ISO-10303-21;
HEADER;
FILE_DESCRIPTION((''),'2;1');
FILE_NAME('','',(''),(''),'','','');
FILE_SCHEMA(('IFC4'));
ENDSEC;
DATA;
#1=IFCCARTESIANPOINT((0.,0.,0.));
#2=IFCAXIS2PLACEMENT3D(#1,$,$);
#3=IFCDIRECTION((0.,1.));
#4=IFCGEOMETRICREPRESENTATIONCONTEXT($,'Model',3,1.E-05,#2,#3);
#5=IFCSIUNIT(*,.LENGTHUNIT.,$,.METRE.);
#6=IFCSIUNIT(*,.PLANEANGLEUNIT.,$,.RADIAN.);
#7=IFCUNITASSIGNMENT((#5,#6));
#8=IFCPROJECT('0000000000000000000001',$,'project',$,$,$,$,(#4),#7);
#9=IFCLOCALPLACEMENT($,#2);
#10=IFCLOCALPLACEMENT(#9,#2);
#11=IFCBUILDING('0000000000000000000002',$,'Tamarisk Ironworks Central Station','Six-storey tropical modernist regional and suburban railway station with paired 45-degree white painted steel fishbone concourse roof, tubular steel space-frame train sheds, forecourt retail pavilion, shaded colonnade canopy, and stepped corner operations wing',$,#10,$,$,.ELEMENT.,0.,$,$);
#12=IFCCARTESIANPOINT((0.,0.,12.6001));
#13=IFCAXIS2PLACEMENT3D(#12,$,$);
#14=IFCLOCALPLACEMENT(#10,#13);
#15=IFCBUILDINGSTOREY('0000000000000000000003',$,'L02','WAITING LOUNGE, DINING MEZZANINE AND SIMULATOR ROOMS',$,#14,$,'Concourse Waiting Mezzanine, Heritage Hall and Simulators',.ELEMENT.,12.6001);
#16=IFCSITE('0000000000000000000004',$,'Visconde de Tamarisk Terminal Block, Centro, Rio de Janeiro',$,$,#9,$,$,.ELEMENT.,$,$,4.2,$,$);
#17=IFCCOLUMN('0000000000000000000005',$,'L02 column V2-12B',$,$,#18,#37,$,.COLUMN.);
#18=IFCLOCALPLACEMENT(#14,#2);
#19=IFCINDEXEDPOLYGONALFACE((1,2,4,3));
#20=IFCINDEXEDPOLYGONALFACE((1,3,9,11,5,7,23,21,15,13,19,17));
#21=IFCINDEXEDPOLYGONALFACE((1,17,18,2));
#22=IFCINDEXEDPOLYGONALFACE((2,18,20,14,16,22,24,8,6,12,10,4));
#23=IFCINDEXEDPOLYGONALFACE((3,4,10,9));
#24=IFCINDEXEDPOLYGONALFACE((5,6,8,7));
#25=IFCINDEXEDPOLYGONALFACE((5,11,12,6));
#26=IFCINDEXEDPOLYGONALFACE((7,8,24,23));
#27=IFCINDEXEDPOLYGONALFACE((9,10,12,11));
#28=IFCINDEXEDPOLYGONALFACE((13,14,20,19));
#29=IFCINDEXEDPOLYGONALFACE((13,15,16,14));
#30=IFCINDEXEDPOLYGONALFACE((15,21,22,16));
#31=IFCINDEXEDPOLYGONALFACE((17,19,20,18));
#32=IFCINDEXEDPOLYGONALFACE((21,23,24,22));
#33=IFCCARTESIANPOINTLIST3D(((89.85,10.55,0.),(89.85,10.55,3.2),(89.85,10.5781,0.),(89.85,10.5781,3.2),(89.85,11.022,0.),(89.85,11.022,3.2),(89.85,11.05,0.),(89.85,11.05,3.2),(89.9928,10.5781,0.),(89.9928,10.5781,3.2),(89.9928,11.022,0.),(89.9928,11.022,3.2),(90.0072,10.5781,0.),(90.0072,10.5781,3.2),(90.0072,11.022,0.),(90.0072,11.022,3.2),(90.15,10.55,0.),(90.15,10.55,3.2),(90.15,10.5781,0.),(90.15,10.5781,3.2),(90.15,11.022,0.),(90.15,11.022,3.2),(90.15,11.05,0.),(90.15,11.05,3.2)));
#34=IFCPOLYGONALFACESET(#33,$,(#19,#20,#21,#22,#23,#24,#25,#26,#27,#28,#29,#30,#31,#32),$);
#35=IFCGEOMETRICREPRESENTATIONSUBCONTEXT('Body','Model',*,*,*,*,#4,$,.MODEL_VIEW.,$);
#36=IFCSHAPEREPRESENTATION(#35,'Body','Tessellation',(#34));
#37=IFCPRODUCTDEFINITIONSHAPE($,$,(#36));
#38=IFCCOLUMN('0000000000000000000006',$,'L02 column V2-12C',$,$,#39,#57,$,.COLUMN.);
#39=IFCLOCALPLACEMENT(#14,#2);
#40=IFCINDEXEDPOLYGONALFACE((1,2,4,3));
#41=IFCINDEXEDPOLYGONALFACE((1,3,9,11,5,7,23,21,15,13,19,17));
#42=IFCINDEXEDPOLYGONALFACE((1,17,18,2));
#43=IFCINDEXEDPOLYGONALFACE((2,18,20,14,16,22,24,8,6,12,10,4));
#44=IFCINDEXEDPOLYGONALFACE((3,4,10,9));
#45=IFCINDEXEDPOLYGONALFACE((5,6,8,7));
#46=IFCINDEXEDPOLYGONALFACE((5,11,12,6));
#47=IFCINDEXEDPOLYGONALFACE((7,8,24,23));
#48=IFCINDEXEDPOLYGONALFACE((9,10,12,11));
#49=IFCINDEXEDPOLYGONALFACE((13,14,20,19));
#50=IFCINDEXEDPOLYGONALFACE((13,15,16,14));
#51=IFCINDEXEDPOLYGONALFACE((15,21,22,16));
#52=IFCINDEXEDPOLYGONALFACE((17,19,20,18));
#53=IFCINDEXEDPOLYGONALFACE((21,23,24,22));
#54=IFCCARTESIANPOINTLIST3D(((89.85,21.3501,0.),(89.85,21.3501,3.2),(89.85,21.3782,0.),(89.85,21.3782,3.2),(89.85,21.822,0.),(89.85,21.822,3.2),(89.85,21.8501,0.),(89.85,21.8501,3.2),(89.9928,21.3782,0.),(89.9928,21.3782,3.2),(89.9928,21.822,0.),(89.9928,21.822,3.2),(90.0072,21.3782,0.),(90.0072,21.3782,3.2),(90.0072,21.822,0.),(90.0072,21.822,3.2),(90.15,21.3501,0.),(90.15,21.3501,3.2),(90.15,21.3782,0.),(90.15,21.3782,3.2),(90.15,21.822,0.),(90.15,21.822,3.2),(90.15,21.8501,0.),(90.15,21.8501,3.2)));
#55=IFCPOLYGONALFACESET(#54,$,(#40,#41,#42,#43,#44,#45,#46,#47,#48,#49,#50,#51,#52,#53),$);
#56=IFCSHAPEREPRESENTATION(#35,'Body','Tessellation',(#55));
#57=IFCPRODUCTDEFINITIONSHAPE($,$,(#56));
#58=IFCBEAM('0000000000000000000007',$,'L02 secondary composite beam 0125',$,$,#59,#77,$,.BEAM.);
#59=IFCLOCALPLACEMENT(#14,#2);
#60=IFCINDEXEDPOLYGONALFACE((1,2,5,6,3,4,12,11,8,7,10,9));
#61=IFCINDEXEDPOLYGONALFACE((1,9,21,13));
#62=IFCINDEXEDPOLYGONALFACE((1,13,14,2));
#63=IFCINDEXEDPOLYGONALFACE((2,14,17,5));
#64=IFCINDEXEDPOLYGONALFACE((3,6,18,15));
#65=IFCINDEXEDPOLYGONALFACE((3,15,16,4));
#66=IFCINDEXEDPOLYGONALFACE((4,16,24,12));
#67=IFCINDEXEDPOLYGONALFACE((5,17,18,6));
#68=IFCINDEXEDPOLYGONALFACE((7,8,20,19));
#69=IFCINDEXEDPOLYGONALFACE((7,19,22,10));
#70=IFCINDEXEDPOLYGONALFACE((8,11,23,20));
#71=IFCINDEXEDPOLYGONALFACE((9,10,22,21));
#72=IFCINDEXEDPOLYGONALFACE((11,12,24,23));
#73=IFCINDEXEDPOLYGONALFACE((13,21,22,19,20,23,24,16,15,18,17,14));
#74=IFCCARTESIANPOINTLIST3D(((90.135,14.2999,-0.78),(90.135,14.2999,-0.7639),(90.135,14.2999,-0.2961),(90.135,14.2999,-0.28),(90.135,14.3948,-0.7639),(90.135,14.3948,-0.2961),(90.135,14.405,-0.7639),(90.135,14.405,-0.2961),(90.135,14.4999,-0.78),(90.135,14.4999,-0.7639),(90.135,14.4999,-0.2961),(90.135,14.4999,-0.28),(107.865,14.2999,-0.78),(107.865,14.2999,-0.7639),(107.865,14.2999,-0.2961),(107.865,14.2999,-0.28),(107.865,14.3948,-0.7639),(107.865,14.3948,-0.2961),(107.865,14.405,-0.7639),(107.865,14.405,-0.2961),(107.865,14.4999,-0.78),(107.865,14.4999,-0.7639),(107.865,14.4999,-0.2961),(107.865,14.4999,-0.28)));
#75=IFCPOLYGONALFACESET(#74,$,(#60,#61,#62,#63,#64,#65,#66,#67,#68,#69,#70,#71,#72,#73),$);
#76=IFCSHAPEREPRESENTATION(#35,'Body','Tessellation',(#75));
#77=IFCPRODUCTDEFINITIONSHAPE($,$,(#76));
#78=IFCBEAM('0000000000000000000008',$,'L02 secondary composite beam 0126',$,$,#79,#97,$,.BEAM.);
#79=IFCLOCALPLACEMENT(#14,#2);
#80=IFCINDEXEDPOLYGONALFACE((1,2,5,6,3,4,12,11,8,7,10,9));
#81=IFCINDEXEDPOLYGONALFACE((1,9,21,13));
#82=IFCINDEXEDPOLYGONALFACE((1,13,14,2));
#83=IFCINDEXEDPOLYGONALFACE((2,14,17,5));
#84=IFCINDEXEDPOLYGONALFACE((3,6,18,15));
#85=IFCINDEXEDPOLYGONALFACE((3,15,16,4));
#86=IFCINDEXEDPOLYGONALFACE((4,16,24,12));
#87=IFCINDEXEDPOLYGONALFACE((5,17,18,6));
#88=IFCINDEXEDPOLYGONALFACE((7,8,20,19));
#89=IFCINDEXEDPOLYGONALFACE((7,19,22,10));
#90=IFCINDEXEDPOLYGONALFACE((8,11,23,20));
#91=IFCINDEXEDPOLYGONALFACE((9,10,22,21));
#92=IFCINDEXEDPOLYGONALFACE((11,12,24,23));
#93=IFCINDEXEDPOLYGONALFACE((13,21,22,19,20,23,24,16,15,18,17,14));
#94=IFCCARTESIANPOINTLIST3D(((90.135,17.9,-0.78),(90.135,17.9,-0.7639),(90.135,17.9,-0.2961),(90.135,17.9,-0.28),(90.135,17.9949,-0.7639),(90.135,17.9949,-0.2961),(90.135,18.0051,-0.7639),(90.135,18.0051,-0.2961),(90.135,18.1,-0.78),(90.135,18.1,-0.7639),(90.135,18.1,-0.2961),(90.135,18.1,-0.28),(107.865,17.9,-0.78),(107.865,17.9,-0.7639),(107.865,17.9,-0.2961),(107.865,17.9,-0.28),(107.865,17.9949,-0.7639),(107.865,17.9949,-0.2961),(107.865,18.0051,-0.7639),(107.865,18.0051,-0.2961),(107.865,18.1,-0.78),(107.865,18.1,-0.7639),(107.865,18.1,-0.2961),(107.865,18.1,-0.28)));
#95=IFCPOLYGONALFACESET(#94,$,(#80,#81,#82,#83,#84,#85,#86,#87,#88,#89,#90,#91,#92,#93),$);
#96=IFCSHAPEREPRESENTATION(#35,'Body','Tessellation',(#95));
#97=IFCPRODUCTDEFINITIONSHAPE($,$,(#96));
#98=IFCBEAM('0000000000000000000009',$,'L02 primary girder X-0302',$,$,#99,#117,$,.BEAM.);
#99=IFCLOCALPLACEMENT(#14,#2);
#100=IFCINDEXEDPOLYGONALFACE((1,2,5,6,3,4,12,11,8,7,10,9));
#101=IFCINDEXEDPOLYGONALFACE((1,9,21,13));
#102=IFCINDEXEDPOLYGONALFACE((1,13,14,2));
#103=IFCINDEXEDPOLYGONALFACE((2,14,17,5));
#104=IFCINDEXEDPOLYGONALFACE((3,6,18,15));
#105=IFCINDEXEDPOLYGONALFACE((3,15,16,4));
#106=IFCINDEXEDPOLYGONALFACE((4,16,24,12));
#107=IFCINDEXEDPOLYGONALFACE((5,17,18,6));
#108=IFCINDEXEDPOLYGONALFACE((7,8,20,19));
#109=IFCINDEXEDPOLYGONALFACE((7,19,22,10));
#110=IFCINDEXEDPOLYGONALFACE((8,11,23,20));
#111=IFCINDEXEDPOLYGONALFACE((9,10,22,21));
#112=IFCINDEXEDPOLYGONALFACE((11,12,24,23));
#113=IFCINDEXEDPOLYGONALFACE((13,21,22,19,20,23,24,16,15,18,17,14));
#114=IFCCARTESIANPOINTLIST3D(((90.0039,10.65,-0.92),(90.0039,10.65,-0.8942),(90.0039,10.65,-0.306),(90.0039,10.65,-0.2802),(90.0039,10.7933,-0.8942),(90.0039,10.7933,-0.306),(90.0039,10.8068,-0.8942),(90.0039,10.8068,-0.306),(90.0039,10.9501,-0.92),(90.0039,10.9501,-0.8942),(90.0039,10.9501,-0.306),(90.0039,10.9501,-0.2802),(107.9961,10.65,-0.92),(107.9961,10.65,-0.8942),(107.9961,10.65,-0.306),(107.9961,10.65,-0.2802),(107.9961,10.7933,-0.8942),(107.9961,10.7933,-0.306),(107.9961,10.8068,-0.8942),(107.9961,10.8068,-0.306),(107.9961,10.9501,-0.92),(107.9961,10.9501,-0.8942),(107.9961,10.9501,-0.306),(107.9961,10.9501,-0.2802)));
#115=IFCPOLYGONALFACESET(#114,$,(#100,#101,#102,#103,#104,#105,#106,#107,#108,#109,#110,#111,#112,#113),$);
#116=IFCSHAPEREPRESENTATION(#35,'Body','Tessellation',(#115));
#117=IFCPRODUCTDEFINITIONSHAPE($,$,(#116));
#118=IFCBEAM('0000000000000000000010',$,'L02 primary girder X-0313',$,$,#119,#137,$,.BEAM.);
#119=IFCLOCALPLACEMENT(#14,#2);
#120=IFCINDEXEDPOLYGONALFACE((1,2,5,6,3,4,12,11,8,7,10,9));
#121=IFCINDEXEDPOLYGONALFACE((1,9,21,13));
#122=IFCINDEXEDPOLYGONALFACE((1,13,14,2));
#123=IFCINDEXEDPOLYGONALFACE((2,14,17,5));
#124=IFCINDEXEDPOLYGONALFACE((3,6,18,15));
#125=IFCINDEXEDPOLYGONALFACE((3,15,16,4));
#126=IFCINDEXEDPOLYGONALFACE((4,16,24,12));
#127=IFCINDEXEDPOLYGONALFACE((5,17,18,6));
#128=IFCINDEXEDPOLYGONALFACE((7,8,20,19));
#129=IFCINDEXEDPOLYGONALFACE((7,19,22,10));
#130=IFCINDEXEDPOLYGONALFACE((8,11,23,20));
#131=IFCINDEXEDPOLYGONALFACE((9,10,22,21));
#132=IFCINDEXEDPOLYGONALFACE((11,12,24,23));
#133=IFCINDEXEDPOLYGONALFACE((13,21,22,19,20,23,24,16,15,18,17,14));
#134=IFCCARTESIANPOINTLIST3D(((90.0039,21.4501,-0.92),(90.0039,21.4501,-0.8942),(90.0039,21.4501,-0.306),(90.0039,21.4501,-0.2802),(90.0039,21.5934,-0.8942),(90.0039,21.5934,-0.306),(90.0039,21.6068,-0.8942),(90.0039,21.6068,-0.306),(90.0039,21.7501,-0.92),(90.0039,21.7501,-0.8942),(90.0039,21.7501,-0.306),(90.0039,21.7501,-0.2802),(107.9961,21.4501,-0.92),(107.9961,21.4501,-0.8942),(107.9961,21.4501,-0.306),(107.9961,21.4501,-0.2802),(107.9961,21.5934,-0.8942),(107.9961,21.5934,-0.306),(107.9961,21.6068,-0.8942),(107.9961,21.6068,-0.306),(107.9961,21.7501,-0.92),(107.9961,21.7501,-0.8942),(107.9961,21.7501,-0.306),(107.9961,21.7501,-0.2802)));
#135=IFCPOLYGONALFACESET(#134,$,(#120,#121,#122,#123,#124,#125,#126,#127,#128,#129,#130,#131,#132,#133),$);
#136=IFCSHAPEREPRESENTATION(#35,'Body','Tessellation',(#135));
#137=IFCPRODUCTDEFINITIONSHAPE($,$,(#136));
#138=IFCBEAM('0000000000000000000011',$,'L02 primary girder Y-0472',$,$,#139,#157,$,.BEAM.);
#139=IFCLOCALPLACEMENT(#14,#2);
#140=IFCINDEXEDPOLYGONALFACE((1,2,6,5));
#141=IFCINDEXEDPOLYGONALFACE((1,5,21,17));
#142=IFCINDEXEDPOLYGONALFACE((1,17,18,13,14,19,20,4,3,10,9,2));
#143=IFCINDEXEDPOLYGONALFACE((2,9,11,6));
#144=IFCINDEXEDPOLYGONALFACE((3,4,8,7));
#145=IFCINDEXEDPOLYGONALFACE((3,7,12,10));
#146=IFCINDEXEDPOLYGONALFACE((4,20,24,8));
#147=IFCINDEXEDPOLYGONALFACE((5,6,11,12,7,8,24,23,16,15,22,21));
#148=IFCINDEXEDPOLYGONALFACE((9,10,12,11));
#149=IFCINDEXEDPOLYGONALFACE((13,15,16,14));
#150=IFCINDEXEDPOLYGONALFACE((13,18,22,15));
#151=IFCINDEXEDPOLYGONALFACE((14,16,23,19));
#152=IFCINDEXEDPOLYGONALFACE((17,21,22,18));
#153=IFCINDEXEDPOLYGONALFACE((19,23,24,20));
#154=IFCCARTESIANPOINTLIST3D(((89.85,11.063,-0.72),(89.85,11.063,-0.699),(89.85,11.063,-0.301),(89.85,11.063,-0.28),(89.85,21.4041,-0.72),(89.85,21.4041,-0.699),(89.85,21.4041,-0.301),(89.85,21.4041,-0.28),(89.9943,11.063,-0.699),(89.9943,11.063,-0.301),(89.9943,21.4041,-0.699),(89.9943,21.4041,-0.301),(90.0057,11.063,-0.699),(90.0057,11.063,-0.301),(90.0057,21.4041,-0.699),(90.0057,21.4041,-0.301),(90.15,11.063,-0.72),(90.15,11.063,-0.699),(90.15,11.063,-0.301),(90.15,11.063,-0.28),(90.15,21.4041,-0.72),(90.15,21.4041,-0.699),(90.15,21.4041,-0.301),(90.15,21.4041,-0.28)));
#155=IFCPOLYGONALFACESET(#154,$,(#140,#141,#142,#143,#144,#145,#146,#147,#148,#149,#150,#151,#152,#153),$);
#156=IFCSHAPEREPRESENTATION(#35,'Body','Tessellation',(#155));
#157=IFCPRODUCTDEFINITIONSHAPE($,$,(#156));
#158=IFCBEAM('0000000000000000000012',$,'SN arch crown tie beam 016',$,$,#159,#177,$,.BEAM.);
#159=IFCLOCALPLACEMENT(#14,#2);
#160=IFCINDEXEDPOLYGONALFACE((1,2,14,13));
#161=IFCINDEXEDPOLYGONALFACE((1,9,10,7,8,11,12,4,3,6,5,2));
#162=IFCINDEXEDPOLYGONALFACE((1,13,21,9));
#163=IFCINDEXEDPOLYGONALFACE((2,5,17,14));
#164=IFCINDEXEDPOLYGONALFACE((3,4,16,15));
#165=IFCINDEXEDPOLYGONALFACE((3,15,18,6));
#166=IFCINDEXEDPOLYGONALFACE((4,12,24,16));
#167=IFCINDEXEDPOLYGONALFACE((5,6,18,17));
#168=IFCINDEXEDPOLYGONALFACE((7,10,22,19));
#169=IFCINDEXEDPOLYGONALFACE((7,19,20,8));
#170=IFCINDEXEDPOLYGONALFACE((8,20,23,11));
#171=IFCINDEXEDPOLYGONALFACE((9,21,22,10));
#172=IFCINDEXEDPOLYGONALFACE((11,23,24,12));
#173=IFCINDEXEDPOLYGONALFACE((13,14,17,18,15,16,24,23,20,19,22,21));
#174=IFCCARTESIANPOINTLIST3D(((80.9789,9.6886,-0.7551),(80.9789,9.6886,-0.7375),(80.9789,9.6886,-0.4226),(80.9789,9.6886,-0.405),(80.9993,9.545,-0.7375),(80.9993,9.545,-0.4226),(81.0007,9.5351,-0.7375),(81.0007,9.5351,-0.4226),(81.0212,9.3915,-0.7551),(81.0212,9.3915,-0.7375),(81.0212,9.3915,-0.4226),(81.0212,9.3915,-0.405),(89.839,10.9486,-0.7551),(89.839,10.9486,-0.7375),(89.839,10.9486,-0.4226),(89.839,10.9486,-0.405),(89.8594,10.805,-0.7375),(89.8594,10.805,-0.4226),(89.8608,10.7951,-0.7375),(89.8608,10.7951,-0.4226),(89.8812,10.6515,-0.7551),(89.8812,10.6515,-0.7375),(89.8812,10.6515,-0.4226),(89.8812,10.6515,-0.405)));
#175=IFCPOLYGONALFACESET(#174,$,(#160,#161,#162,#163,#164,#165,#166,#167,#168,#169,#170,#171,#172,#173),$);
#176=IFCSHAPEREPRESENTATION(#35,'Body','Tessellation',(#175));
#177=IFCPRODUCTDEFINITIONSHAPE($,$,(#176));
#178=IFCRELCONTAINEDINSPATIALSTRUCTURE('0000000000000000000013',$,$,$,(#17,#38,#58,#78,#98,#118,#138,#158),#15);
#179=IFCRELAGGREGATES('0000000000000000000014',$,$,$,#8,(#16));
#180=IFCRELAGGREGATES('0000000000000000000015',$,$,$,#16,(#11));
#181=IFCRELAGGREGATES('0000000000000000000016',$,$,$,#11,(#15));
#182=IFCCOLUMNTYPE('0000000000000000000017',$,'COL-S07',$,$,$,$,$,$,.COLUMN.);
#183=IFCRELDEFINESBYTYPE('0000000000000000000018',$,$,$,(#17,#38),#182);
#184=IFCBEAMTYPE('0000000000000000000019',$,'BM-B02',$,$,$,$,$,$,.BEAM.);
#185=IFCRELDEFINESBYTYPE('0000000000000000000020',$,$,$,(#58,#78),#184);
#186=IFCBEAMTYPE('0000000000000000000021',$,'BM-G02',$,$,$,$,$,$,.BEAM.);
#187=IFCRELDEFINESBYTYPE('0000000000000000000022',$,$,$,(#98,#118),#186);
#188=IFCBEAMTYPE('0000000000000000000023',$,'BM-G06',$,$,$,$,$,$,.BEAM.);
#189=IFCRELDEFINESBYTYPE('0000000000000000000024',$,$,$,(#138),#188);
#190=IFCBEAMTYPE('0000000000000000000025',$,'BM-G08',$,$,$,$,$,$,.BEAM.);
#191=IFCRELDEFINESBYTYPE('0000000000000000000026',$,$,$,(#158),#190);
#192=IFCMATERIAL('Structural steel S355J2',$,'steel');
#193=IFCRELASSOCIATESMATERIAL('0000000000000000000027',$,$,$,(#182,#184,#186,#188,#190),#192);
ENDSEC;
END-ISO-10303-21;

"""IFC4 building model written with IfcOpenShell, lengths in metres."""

from ifc_helpers import new_model, si_unit, direction, frame, origin, origin_2d, place, context, subcontext, project, spatial, i_section, extrude, material, material_profile, profile_set, type_object, element, save


model = new_model("IFC4")

# Units and contexts
model_context = context("Model", 3, precision=1e-05, world=origin(), true_north=direction((0.0, 1.0)))
body_context = subcontext(model_context, "Body", "Model", "MODEL_VIEW")
ifc_project = project(units=[si_unit("LENGTHUNIT", "METRE"), si_unit("PLANEANGLEUNIT", "RADIAN")], contexts=[model_context])

# Site, building, storey
site_placement = place(None, origin())
site = spatial("IfcSite", under=ifc_project, at=site_placement, Name="Visconde de Tamarisk Terminal Block, Centro, Rio de Janeiro", CompositionType="ELEMENT", RefElevation=4.2)
building_placement = place(site_placement, origin())
building = spatial("IfcBuilding", under=site, at=building_placement, Name="Tamarisk Ironworks Central Station", Description="Six-storey tropical modernist regional and suburban railway station with paired 45-degree white painted steel fishbone concourse roof, tubular steel space-frame train sheds, forecourt retail pavilion, shaded colonnade canopy, and stepped corner operations wing", CompositionType="ELEMENT", ElevationOfRefHeight=0.0)
storey_placement = place(building_placement, frame((0.0, 0.0, 12.6001)))
storey = spatial("IfcBuildingStorey", under=building, at=storey_placement, Name="L02", Description="WAITING LOUNGE, DINING MEZZANINE AND SIMULATOR ROOMS", LongName="Concourse Waiting Mezzanine, Heritage Hall and Simulators", CompositionType="ELEMENT", Elevation=12.6001)

# Columns
ifc_material_1 = material(Name="Structural steel S355J2", Category="steel")
ifc_material_profile_1 = material_profile(ifc_material_1, i_section(OverallWidth=0.3, OverallDepth=0.5, WebThickness=0.0144, FlangeThickness=0.0281, at=origin_2d()), Name="HEB 500")
ifc_profile_set_1 = profile_set([ifc_material_profile_1], Name="Structural steel S355J2")
column_type = type_object("IfcColumnType", Name="COL-S07", PredefinedType="COLUMN", material=ifc_profile_set_1)
for number, where, z_axis, x_axis, name in (
    (1, (90.0, 10.8, 0.0), (0.0, 0.0, 1.0), (1.0, 0.0, 0.0), "L02 column V2-12B"),
    (2, (90.0, 21.6001, 0.0), (0.0, 0.0, 1.0), (1.0, 0.0, 0.0), "L02 column V2-12C"),
):
    element("IfcColumn", number, at=place(storey_placement, frame(where, z_axis=z_axis, x_axis=x_axis)), inside=storey, type_object=column_type, Name=name, PredefinedType="COLUMN", context=body_context, shape_type="SweptSolid", body=[
        extrude(i_section(OverallWidth=0.3, OverallDepth=0.5, WebThickness=0.0144, FlangeThickness=0.0281, at=origin_2d()), origin(), (0.0, 0.0, 1.0), 3.2),
    ])

# Beams
ifc_material_profile_2 = material_profile(ifc_material_1, i_section(OverallWidth=0.2, OverallDepth=0.5, WebThickness=0.0103, FlangeThickness=0.0161, at=origin_2d()), Name="IPE 500")
ifc_profile_set_2 = profile_set([ifc_material_profile_2], Name="Structural steel S355J2")
beam_type_1 = type_object("IfcBeamType", Name="BM-B02", PredefinedType="BEAM", material=ifc_profile_set_2)
for number, where, z_axis, x_axis, name in (
    (3, (90.135, 14.3999, -0.53), (1.0, 0.0, 0.0), (0.0, 1.0, 0.0), "L02 secondary composite beam 0125"),
    (4, (90.135, 18.0, -0.53), (1.0, 0.0, 0.0), (0.0, 1.0, 0.0), "L02 secondary composite beam 0126"),
):
    element("IfcBeam", number, at=place(storey_placement, frame(where, z_axis=z_axis, x_axis=x_axis)), inside=storey, type_object=beam_type_1, Name=name, PredefinedType="BEAM", context=body_context, shape_type="SweptSolid", body=[
        extrude(i_section(OverallWidth=0.2, OverallDepth=0.5, WebThickness=0.0103, FlangeThickness=0.0161, at=origin_2d()), origin(), (0.0, 0.0, 1.0), 17.73),
    ])
ifc_material_profile_3 = material_profile(ifc_material_1, i_section(OverallWidth=0.3, OverallDepth=0.6399, WebThickness=0.0134, FlangeThickness=0.0259, at=origin_2d()), Name="HEA 650")
ifc_profile_set_3 = profile_set([ifc_material_profile_3], Name="Structural steel S355J2")
beam_type_2 = type_object("IfcBeamType", Name="BM-G02", PredefinedType="BEAM", material=ifc_profile_set_3)
for number, where, z_axis, x_axis, name in (
    (5, (90.0039, 10.8, -0.6001), (1.0, 0.0, 0.0), (0.0, 1.0, 0.0), "L02 primary girder X-0302"),
    (6, (90.0039, 21.6001, -0.6001), (1.0, 0.0, 0.0), (0.0, 1.0, 0.0), "L02 primary girder X-0313"),
):
    element("IfcBeam", number, at=place(storey_placement, frame(where, z_axis=z_axis, x_axis=x_axis)), inside=storey, type_object=beam_type_2, Name=name, PredefinedType="BEAM", context=body_context, shape_type="SweptSolid", body=[
        extrude(i_section(OverallWidth=0.3, OverallDepth=0.6399, WebThickness=0.0134, FlangeThickness=0.0259, at=origin_2d()), origin(), (0.0, 0.0, 1.0), 17.9922),
    ])
ifc_material_profile_4 = material_profile(ifc_material_1, i_section(OverallWidth=0.3, OverallDepth=0.4399, WebThickness=0.0115, FlangeThickness=0.021, at=origin_2d()), Name="HEA 450")
ifc_profile_set_4 = profile_set([ifc_material_profile_4], Name="Structural steel S355J2")
beam_type_3 = type_object("IfcBeamType", Name="BM-G06", PredefinedType="BEAM", material=ifc_profile_set_4)
beam_1_placement = place(storey_placement, frame((90.0, 11.063, -0.5), z_axis=(0.0, 1.0, 0.0), x_axis=(-1.0, 0.0, 0.0)))
element("IfcBeam", 7, at=beam_1_placement, inside=storey, type_object=beam_type_3, Name="L02 primary girder Y-0472", PredefinedType="BEAM", context=body_context, shape_type="SweptSolid", body=[
    extrude(i_section(OverallWidth=0.3, OverallDepth=0.4399, WebThickness=0.0115, FlangeThickness=0.021, at=origin_2d()), origin(), (0.0, 0.0, 1.0), 10.3411),
])
ifc_material_profile_5 = material_profile(ifc_material_1, i_section(OverallWidth=0.3, OverallDepth=0.3501, WebThickness=0.01, FlangeThickness=0.0176, at=origin_2d()), Name="HEA 360")
ifc_profile_set_5 = profile_set([ifc_material_profile_5], Name="Structural steel S355J2")
beam_type_4 = type_object("IfcBeamType", Name="BM-G08", PredefinedType="BEAM", material=ifc_profile_set_5)
beam_2_placement = place(storey_placement, frame((89.8601, 10.8, -0.5801), z_axis=(-0.990039, -0.140795, 0.0), x_axis=(0.140795, -0.990039, 0.0)))
element("IfcBeam", 8, at=beam_2_placement, inside=storey, type_object=beam_type_4, Name="SN arch crown tie beam 016", PredefinedType="BEAM", context=body_context, shape_type="SweptSolid", body=[
    extrude(i_section(OverallWidth=0.3, OverallDepth=0.3501, WebThickness=0.01, FlangeThickness=0.0176, at=origin_2d()), origin(), (0.0, 0.0, 1.0), 8.9492),
])

save(model, "model.ifc")
